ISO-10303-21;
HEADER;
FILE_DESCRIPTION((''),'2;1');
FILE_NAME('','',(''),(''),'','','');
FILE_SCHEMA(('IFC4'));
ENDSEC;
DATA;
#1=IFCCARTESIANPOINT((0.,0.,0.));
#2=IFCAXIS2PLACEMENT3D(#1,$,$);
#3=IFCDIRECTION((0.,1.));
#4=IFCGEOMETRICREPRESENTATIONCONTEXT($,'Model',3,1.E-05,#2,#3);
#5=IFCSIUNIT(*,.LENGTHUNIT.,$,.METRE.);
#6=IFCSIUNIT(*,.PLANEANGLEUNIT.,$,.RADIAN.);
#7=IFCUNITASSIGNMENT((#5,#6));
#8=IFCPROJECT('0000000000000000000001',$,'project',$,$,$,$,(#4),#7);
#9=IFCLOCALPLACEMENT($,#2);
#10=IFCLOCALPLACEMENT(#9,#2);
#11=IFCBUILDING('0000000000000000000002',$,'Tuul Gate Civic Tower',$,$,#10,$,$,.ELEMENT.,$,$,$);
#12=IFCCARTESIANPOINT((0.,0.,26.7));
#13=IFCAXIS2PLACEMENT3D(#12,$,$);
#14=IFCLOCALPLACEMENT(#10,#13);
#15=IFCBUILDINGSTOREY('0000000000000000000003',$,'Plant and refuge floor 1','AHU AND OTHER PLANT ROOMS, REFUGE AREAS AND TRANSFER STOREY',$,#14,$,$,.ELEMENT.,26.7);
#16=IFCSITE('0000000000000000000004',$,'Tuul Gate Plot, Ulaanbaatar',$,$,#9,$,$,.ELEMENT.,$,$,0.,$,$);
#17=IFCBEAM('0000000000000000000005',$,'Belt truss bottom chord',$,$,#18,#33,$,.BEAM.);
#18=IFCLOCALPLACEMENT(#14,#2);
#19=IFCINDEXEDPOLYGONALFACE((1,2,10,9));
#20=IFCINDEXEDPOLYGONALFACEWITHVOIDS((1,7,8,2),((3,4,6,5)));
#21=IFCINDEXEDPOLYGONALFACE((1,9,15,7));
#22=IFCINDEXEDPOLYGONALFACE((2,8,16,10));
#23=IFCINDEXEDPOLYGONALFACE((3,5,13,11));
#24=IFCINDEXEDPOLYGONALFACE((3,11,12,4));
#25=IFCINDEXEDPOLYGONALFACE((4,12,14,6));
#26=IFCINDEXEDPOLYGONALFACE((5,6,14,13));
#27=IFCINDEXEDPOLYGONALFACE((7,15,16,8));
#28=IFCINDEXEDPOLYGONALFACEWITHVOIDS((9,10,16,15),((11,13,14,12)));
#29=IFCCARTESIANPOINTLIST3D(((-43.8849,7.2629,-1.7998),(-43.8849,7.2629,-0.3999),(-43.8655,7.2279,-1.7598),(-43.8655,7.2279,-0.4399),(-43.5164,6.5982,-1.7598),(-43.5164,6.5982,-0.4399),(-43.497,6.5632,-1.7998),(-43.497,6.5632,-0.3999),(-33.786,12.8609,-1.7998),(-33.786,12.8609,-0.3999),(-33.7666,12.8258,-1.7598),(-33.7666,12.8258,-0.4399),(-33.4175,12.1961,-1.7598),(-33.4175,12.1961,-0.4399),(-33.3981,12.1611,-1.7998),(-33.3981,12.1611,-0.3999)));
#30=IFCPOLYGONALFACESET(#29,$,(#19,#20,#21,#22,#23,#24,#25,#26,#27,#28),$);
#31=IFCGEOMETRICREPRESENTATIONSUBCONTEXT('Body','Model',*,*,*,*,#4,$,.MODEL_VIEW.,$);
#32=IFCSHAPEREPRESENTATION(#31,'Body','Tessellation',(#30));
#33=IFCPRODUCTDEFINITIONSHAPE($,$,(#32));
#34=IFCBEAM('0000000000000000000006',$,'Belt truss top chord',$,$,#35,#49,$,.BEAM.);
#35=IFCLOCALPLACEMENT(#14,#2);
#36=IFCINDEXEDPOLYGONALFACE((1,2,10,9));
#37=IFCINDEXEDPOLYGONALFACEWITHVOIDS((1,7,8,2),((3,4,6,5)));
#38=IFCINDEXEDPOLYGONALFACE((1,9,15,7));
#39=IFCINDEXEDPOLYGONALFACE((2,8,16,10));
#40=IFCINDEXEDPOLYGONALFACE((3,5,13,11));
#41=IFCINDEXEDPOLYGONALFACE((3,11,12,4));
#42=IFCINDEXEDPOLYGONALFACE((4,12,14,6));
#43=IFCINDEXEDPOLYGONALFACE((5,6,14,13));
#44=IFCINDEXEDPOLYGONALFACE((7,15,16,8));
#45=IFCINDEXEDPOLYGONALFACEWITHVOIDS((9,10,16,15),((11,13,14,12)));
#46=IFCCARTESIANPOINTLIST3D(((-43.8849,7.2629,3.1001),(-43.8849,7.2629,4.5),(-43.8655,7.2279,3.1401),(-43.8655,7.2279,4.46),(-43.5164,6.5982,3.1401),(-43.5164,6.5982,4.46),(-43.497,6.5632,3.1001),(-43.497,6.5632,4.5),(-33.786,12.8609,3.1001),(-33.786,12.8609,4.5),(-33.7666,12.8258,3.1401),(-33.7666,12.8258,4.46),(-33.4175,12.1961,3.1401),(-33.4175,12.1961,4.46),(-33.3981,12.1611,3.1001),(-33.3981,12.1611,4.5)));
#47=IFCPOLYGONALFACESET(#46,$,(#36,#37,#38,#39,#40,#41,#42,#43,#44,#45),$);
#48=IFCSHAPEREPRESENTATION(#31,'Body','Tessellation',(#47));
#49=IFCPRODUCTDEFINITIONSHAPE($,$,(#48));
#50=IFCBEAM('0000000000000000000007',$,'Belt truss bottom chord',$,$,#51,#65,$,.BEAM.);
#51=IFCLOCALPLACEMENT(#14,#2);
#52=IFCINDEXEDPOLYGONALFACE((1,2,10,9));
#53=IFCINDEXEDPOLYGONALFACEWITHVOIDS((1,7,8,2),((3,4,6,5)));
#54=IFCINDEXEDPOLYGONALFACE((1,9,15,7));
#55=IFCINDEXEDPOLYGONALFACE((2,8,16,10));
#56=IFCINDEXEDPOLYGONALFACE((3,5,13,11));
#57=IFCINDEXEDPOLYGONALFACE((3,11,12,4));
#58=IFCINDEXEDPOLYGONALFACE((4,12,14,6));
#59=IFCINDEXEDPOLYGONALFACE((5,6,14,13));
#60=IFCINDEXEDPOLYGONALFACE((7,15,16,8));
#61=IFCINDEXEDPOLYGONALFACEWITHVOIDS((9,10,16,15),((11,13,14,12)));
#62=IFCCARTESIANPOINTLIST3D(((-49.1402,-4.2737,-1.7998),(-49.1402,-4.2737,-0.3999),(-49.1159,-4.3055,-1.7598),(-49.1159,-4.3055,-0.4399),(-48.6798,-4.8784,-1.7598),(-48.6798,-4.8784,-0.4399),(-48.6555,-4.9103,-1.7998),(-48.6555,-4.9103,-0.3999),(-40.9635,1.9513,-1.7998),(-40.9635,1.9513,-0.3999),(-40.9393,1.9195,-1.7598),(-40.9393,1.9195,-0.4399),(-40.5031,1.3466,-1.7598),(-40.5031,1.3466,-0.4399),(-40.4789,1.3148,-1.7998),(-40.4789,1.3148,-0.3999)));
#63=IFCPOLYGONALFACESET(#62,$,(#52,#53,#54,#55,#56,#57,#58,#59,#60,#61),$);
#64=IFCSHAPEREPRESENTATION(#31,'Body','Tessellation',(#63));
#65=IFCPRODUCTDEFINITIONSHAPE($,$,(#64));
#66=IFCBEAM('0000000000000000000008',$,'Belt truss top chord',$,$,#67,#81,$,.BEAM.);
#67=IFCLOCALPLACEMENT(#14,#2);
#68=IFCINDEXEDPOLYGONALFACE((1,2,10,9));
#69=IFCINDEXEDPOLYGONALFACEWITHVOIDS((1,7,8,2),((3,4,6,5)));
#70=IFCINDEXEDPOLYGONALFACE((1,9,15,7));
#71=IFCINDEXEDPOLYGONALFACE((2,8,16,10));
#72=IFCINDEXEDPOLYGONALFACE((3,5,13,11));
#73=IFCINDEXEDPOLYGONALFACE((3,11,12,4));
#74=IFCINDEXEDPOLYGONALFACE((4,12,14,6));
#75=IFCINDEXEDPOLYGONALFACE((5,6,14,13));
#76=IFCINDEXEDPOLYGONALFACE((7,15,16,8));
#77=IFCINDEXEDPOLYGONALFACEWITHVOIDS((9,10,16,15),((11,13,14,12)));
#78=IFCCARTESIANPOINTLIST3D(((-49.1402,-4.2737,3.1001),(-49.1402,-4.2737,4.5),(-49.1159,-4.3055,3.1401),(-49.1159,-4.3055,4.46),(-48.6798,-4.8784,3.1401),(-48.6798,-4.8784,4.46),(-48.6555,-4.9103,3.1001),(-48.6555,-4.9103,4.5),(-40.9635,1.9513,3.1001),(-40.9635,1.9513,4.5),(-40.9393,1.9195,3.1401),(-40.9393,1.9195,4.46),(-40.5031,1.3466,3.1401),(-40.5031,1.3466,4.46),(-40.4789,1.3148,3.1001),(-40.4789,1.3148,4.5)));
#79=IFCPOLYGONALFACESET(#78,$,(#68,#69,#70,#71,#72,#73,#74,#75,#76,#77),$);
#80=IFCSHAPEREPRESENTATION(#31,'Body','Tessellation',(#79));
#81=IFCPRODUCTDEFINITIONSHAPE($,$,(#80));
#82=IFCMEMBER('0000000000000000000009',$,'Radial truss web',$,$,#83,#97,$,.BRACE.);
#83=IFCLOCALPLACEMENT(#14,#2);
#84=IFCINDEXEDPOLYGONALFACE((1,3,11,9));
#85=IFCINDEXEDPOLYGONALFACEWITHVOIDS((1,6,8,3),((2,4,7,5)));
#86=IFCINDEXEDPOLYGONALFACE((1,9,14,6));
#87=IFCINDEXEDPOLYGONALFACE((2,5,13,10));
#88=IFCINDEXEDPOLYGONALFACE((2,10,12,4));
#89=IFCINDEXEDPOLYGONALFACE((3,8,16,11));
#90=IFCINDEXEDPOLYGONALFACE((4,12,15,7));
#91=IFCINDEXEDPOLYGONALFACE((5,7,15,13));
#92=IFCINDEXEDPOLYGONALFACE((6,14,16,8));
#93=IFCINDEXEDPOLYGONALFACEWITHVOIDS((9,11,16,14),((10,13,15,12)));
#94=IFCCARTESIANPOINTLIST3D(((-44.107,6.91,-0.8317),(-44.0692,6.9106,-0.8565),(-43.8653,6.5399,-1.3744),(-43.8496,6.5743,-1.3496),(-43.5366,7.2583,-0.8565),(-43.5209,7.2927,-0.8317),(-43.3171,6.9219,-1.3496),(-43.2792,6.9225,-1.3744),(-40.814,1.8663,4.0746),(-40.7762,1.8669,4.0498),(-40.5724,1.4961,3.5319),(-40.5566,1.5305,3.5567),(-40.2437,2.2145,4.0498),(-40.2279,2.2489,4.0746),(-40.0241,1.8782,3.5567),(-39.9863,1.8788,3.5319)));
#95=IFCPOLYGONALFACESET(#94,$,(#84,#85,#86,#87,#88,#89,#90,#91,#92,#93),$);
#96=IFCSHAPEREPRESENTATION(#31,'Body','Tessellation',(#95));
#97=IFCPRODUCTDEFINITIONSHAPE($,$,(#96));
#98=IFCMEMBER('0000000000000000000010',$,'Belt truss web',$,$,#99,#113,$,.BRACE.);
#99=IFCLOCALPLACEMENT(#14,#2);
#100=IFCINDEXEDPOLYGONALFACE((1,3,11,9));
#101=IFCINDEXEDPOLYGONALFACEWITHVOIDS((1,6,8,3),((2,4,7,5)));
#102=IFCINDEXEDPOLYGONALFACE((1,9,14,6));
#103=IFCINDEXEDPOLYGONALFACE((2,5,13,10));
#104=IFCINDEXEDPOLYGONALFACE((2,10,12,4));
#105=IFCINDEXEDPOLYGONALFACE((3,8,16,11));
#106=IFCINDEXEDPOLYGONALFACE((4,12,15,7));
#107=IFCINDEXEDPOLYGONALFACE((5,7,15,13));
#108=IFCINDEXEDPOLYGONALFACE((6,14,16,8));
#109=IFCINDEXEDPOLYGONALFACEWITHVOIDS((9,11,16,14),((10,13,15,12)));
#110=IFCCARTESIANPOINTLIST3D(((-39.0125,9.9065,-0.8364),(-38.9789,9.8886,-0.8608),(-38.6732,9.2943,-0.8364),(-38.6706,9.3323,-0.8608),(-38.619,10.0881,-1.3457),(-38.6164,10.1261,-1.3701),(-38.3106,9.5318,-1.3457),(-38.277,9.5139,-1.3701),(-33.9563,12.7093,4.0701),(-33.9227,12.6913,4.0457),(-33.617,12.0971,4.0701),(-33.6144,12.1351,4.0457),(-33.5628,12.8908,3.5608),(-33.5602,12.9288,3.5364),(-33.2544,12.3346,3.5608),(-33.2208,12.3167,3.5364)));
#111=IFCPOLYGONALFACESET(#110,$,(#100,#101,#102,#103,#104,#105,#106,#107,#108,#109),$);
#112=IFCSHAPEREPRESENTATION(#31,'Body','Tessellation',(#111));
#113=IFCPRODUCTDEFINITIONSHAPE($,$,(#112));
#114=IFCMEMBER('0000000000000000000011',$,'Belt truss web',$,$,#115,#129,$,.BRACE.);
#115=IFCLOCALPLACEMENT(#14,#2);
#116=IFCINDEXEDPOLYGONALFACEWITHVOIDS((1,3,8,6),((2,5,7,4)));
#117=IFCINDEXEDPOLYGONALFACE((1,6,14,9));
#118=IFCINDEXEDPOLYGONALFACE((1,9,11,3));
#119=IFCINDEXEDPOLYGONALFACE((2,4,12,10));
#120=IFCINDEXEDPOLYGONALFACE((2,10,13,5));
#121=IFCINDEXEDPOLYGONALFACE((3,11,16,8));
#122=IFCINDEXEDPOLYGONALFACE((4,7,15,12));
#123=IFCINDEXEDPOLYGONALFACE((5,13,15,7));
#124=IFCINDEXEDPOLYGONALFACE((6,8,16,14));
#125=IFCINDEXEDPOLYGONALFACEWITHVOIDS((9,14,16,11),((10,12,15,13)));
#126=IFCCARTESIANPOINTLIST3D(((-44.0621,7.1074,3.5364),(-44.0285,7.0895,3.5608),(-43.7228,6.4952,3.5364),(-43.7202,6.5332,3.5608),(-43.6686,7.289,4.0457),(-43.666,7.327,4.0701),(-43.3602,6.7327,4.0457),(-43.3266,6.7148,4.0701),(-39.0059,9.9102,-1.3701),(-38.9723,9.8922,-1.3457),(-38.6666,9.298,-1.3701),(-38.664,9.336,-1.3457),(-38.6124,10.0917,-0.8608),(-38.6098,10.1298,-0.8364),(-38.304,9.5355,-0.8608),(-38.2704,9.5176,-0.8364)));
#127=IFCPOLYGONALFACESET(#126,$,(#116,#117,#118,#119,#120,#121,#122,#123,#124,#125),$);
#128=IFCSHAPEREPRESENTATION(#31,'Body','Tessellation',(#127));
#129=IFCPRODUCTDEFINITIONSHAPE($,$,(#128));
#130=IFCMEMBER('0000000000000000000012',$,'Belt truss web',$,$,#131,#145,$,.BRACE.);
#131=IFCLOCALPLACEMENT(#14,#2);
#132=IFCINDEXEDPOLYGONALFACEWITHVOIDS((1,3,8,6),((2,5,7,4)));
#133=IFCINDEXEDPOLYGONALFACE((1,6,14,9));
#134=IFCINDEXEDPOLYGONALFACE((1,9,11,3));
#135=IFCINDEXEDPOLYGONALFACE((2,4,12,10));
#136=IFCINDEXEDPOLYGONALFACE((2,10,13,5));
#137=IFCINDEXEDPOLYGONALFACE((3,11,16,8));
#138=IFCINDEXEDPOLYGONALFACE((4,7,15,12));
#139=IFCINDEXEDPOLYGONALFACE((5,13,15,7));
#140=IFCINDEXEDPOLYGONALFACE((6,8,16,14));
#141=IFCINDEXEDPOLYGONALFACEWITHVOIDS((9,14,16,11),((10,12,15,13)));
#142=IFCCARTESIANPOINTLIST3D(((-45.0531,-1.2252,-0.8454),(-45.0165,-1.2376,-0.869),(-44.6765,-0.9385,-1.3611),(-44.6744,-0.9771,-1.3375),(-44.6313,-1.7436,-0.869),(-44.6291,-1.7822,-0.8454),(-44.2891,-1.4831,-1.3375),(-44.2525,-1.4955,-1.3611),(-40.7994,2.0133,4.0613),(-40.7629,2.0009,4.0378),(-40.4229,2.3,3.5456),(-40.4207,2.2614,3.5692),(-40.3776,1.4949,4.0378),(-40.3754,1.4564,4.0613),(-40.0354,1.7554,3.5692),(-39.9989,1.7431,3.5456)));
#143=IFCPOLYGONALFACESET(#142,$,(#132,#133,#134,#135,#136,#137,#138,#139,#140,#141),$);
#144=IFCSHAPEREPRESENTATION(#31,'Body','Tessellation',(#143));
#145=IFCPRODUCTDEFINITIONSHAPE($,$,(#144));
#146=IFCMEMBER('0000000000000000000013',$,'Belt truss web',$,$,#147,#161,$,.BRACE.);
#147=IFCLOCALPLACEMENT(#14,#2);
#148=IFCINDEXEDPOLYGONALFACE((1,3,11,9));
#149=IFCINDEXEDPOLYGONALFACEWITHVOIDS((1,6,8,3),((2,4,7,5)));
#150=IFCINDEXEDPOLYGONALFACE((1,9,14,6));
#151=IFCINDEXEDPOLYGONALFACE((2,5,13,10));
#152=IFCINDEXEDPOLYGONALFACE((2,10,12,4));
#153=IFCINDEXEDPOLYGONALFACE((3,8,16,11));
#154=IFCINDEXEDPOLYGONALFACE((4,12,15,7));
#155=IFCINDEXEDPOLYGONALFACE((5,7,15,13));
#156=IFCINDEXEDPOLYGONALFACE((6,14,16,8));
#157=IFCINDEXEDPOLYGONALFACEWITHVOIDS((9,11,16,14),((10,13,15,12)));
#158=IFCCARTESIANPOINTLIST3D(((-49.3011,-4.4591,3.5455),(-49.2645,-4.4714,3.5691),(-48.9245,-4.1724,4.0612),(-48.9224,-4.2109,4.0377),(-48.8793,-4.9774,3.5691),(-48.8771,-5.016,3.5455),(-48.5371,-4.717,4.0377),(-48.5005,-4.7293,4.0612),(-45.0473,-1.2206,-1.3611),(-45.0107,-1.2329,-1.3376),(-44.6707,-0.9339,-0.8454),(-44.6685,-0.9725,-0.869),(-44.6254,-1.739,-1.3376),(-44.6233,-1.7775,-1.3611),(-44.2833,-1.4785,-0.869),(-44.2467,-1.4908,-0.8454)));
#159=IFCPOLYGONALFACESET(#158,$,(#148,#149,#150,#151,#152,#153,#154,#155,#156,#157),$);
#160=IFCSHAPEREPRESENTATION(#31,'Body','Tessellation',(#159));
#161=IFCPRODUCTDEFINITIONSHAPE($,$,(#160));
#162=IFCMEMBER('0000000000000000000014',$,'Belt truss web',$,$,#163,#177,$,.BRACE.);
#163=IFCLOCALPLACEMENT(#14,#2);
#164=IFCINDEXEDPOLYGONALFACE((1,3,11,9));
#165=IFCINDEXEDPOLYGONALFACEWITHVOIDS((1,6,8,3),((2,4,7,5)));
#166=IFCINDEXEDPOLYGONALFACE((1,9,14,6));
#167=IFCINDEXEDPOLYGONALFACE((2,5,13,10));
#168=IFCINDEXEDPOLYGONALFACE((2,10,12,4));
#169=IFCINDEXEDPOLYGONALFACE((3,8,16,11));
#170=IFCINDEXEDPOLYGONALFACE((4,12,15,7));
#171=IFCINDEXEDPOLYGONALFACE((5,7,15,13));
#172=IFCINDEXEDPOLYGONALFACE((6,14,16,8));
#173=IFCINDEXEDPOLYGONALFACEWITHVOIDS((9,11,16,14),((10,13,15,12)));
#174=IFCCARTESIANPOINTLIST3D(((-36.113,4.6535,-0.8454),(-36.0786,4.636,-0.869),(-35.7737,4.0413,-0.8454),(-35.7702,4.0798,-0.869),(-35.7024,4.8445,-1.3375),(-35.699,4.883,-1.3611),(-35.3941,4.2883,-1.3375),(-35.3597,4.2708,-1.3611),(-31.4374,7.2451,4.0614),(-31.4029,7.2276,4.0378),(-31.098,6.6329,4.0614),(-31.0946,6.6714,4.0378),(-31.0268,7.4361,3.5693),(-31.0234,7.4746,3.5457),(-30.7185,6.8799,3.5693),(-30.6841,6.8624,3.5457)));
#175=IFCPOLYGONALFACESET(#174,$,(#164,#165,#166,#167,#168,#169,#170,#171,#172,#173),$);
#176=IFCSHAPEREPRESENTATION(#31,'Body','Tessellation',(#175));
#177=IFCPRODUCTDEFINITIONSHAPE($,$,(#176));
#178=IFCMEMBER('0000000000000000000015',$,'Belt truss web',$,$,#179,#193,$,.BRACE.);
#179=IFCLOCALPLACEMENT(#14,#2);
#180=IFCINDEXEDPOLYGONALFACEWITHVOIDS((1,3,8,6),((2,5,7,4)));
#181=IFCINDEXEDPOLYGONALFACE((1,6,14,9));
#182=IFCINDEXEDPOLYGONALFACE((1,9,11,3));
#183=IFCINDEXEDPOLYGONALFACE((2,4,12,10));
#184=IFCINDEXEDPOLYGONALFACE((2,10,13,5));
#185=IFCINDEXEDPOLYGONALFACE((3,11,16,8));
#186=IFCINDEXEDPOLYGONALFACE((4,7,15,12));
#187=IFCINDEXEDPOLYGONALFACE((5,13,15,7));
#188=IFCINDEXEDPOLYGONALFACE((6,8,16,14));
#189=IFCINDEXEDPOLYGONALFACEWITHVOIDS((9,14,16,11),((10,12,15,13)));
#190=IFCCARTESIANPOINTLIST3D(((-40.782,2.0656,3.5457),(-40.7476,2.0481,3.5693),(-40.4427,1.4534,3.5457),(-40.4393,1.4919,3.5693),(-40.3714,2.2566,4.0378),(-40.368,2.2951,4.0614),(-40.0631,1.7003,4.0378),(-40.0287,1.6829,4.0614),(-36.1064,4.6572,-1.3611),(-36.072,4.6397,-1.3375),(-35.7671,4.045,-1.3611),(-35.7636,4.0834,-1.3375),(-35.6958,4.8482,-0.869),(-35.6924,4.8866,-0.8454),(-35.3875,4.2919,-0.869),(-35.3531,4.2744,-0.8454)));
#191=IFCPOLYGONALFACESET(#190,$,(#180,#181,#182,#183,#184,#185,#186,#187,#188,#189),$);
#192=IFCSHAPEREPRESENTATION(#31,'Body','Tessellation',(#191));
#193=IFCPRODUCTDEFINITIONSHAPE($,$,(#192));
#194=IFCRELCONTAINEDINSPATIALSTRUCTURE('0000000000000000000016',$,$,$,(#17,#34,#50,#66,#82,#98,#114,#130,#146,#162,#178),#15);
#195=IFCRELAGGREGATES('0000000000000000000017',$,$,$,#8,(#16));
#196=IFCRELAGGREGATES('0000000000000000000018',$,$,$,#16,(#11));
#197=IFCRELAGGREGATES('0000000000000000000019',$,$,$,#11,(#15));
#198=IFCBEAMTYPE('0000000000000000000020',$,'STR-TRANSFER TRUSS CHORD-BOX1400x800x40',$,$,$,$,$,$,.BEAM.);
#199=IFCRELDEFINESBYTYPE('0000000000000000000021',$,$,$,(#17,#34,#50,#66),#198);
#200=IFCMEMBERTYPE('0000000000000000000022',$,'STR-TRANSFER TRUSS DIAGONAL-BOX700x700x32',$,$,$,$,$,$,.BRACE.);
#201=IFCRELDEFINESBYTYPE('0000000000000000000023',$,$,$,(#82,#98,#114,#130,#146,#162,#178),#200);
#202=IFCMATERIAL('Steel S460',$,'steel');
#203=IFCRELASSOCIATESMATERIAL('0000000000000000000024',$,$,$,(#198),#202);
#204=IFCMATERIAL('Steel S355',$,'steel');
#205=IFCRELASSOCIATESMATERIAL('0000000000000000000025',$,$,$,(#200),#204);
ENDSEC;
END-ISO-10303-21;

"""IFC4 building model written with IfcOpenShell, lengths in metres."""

from ifc_helpers import new_model, si_unit, direction, frame, origin, origin_2d, place, context, subcontext, project, spatial, hollow_rectangle, extrude, material, material_profile, profile_set, type_object, element, save


model = new_model("IFC4")

# Units and contexts
model_context = context("Model", 3, precision=1e-05, world=origin(), true_north=direction((0.0, 1.0)))
body_context = subcontext(model_context, "Body", "Model", "MODEL_VIEW")
ifc_project = project(units=[si_unit("LENGTHUNIT", "METRE"), si_unit("PLANEANGLEUNIT", "RADIAN")], contexts=[model_context])

# Site, building, storey
site_placement = place(None, origin())
site = spatial("IfcSite", under=ifc_project, at=site_placement, Name="Tuul Gate Plot, Ulaanbaatar", CompositionType="ELEMENT", RefElevation=0.0)
building_placement = place(site_placement, origin())
building = spatial("IfcBuilding", under=site, at=building_placement, Name="Tuul Gate Civic Tower", CompositionType="ELEMENT")
storey_placement = place(building_placement, frame((0.0, 0.0, 26.7)))
storey = spatial("IfcBuildingStorey", under=building, at=storey_placement, Name="Plant and refuge floor 1", Description="AHU AND OTHER PLANT ROOMS, REFUGE AREAS AND TRANSFER STOREY", CompositionType="ELEMENT", Elevation=26.7)

# Beams
ifc_material_1 = material(Name="Steel S460", Category="steel")
ifc_material_profile_1 = material_profile(ifc_material_1, hollow_rectangle(XDim=0.8, YDim=1.3999, WallThickness=0.04, at=origin_2d()), Name="BOX1400x800x40")
ifc_profile_set_1 = profile_set([ifc_material_profile_1], Name="Steel S460")
beam_type_1 = type_object("IfcBeamType", Name="STR-TRANSFER TRUSS CHORD-BOX1400x800x40", PredefinedType="BEAM", material=ifc_profile_set_1)
for number, where, z_axis, x_axis, name in (
    (1, (-33.592, 12.511, -1.0999), (-0.87462, -0.48481, 0.0), (0.48481, -0.87462, 0.0), "Belt truss bottom chord"),
    (2, (-33.592, 12.511, 3.8), (-0.87462, -0.48481, 0.0), (0.48481, -0.87462, 0.0), "Belt truss top chord"),
):
    element("IfcBeam", number, at=place(storey_placement, frame(where, z_axis=z_axis, x_axis=x_axis)), inside=storey, type_object=beam_type_1, Name=name, PredefinedType="BEAM", context=body_context, shape_type="SweptSolid", body=[
        extrude(hollow_rectangle(XDim=0.8, YDim=1.3999, WallThickness=0.04, at=origin_2d()), origin(), (0.0, 0.0, 1.0), 11.5466),
    ])
for number, where, z_axis, x_axis, name in (
    (3, (-40.7212, 1.6331, -1.0999), (-0.795657, -0.605747, 0.0), (0.605747, -0.795657, 0.0), "Belt truss bottom chord"),
    (4, (-40.7212, 1.6331, 3.8), (-0.795657, -0.605747, 0.0), (0.605747, -0.795657, 0.0), "Belt truss top chord"),
):
    element("IfcBeam", number, at=place(storey_placement, frame(where, z_axis=z_axis, x_axis=x_axis)), inside=storey, type_object=beam_type_1, Name=name, PredefinedType="BEAM", context=body_context, shape_type="SweptSolid", body=[
        extrude(hollow_rectangle(XDim=0.8, YDim=1.3999, WallThickness=0.04, at=origin_2d()), origin(), (0.0, 0.0, 1.0), 10.2766),
    ])

# Members
ifc_material_2 = material(Name="Steel S355", Category="steel")
ifc_material_profile_2 = material_profile(ifc_material_2, hollow_rectangle(XDim=0.7, YDim=0.7, WallThickness=0.032, at=origin_2d()), Name="BOX700x700x32")
ifc_profile_set_2 = profile_set([ifc_material_profile_2], Name="Steel S355")
member_type_1 = type_object("IfcMemberType", Name="STR-TRANSFER TRUSS DIAGONAL-BOX700x700x32", PredefinedType="BRACE", material=ifc_profile_set_2)
member_placement = place(storey_placement, frame((-43.6931, 6.9163, -1.103), z_axis=(0.423872, -0.649227, 0.631535), x_axis=(0.837337, 0.546687, 0.0)))
element("IfcMember", 5, at=member_placement, inside=storey, type_object=member_type_1, Name="Radial truss web", PredefinedType="BRACE", context=body_context, shape_type="SweptSolid", body=[
    extrude(hollow_rectangle(XDim=0.7, YDim=0.7, WallThickness=0.032, at=origin_2d()), origin(), (0.0, 0.0, 1.0), 7.7688),
])
for number, where, z_axis, x_axis, name in (
    (6, (-38.6448, 9.7102, -1.1033), (0.666822, 0.369634, 0.647085), (-0.484818, 0.874615, 0.0), "Belt truss web"),
    (7, (-38.6382, 9.7139, -1.1033), (-0.666822, -0.369634, 0.647085), (0.484818, -0.874615, 0.0), "Belt truss web"),
):
    element("IfcMember", number, at=place(storey_placement, frame(where, z_axis=z_axis, x_axis=x_axis)), inside=storey, type_object=member_type_1, Name=name, PredefinedType="BRACE", context=body_context, shape_type="SweptSolid", body=[
        extrude(hollow_rectangle(XDim=0.7, YDim=0.7, WallThickness=0.032, at=origin_2d()), origin(), (0.0, 0.0, 1.0), 7.5825),
    ])
for number, where, z_axis, x_axis, name in (
    (8, (-44.6528, -1.3604, -1.1033), (0.586181, 0.446289, 0.676179), (-0.605764, 0.795644, 0.0), "Belt truss web"),
    (9, (-44.647, -1.3557, -1.1033), (-0.586203, -0.44628, 0.676166), (0.605742, -0.795661, 0.0), "Belt truss web"),
):
    element("IfcMember", number, at=place(storey_placement, frame(where, z_axis=z_axis, x_axis=x_axis)), inside=storey, type_object=member_type_1, Name=name, PredefinedType="BRACE", context=body_context, shape_type="SweptSolid", body=[
        extrude(hollow_rectangle(XDim=0.7, YDim=0.7, WallThickness=0.032, at=origin_2d()), origin(), (0.0, 0.0, 1.0), 7.2566),
    ])
for number, where, z_axis, x_axis, name in (
    (10, (-35.7363, 4.4622, -1.1033), (0.644348, 0.357149, 0.67621), (-0.48479, 0.874631, 0.0), "Belt truss web"),
    (11, (-35.7297, 4.4658, -1.1033), (-0.644348, -0.357149, 0.67621), (0.48479, -0.874631, 0.0), "Belt truss web"),
):
    element("IfcMember", number, at=place(storey_placement, frame(where, z_axis=z_axis, x_axis=x_axis)), inside=storey, type_object=member_type_1, Name=name, PredefinedType="BRACE", context=body_context, shape_type="SweptSolid", body=[
        extrude(hollow_rectangle(XDim=0.7, YDim=0.7, WallThickness=0.032, at=origin_2d()), origin(), (0.0, 0.0, 1.0), 7.2563),
    ])

save(model, "model.ifc")
